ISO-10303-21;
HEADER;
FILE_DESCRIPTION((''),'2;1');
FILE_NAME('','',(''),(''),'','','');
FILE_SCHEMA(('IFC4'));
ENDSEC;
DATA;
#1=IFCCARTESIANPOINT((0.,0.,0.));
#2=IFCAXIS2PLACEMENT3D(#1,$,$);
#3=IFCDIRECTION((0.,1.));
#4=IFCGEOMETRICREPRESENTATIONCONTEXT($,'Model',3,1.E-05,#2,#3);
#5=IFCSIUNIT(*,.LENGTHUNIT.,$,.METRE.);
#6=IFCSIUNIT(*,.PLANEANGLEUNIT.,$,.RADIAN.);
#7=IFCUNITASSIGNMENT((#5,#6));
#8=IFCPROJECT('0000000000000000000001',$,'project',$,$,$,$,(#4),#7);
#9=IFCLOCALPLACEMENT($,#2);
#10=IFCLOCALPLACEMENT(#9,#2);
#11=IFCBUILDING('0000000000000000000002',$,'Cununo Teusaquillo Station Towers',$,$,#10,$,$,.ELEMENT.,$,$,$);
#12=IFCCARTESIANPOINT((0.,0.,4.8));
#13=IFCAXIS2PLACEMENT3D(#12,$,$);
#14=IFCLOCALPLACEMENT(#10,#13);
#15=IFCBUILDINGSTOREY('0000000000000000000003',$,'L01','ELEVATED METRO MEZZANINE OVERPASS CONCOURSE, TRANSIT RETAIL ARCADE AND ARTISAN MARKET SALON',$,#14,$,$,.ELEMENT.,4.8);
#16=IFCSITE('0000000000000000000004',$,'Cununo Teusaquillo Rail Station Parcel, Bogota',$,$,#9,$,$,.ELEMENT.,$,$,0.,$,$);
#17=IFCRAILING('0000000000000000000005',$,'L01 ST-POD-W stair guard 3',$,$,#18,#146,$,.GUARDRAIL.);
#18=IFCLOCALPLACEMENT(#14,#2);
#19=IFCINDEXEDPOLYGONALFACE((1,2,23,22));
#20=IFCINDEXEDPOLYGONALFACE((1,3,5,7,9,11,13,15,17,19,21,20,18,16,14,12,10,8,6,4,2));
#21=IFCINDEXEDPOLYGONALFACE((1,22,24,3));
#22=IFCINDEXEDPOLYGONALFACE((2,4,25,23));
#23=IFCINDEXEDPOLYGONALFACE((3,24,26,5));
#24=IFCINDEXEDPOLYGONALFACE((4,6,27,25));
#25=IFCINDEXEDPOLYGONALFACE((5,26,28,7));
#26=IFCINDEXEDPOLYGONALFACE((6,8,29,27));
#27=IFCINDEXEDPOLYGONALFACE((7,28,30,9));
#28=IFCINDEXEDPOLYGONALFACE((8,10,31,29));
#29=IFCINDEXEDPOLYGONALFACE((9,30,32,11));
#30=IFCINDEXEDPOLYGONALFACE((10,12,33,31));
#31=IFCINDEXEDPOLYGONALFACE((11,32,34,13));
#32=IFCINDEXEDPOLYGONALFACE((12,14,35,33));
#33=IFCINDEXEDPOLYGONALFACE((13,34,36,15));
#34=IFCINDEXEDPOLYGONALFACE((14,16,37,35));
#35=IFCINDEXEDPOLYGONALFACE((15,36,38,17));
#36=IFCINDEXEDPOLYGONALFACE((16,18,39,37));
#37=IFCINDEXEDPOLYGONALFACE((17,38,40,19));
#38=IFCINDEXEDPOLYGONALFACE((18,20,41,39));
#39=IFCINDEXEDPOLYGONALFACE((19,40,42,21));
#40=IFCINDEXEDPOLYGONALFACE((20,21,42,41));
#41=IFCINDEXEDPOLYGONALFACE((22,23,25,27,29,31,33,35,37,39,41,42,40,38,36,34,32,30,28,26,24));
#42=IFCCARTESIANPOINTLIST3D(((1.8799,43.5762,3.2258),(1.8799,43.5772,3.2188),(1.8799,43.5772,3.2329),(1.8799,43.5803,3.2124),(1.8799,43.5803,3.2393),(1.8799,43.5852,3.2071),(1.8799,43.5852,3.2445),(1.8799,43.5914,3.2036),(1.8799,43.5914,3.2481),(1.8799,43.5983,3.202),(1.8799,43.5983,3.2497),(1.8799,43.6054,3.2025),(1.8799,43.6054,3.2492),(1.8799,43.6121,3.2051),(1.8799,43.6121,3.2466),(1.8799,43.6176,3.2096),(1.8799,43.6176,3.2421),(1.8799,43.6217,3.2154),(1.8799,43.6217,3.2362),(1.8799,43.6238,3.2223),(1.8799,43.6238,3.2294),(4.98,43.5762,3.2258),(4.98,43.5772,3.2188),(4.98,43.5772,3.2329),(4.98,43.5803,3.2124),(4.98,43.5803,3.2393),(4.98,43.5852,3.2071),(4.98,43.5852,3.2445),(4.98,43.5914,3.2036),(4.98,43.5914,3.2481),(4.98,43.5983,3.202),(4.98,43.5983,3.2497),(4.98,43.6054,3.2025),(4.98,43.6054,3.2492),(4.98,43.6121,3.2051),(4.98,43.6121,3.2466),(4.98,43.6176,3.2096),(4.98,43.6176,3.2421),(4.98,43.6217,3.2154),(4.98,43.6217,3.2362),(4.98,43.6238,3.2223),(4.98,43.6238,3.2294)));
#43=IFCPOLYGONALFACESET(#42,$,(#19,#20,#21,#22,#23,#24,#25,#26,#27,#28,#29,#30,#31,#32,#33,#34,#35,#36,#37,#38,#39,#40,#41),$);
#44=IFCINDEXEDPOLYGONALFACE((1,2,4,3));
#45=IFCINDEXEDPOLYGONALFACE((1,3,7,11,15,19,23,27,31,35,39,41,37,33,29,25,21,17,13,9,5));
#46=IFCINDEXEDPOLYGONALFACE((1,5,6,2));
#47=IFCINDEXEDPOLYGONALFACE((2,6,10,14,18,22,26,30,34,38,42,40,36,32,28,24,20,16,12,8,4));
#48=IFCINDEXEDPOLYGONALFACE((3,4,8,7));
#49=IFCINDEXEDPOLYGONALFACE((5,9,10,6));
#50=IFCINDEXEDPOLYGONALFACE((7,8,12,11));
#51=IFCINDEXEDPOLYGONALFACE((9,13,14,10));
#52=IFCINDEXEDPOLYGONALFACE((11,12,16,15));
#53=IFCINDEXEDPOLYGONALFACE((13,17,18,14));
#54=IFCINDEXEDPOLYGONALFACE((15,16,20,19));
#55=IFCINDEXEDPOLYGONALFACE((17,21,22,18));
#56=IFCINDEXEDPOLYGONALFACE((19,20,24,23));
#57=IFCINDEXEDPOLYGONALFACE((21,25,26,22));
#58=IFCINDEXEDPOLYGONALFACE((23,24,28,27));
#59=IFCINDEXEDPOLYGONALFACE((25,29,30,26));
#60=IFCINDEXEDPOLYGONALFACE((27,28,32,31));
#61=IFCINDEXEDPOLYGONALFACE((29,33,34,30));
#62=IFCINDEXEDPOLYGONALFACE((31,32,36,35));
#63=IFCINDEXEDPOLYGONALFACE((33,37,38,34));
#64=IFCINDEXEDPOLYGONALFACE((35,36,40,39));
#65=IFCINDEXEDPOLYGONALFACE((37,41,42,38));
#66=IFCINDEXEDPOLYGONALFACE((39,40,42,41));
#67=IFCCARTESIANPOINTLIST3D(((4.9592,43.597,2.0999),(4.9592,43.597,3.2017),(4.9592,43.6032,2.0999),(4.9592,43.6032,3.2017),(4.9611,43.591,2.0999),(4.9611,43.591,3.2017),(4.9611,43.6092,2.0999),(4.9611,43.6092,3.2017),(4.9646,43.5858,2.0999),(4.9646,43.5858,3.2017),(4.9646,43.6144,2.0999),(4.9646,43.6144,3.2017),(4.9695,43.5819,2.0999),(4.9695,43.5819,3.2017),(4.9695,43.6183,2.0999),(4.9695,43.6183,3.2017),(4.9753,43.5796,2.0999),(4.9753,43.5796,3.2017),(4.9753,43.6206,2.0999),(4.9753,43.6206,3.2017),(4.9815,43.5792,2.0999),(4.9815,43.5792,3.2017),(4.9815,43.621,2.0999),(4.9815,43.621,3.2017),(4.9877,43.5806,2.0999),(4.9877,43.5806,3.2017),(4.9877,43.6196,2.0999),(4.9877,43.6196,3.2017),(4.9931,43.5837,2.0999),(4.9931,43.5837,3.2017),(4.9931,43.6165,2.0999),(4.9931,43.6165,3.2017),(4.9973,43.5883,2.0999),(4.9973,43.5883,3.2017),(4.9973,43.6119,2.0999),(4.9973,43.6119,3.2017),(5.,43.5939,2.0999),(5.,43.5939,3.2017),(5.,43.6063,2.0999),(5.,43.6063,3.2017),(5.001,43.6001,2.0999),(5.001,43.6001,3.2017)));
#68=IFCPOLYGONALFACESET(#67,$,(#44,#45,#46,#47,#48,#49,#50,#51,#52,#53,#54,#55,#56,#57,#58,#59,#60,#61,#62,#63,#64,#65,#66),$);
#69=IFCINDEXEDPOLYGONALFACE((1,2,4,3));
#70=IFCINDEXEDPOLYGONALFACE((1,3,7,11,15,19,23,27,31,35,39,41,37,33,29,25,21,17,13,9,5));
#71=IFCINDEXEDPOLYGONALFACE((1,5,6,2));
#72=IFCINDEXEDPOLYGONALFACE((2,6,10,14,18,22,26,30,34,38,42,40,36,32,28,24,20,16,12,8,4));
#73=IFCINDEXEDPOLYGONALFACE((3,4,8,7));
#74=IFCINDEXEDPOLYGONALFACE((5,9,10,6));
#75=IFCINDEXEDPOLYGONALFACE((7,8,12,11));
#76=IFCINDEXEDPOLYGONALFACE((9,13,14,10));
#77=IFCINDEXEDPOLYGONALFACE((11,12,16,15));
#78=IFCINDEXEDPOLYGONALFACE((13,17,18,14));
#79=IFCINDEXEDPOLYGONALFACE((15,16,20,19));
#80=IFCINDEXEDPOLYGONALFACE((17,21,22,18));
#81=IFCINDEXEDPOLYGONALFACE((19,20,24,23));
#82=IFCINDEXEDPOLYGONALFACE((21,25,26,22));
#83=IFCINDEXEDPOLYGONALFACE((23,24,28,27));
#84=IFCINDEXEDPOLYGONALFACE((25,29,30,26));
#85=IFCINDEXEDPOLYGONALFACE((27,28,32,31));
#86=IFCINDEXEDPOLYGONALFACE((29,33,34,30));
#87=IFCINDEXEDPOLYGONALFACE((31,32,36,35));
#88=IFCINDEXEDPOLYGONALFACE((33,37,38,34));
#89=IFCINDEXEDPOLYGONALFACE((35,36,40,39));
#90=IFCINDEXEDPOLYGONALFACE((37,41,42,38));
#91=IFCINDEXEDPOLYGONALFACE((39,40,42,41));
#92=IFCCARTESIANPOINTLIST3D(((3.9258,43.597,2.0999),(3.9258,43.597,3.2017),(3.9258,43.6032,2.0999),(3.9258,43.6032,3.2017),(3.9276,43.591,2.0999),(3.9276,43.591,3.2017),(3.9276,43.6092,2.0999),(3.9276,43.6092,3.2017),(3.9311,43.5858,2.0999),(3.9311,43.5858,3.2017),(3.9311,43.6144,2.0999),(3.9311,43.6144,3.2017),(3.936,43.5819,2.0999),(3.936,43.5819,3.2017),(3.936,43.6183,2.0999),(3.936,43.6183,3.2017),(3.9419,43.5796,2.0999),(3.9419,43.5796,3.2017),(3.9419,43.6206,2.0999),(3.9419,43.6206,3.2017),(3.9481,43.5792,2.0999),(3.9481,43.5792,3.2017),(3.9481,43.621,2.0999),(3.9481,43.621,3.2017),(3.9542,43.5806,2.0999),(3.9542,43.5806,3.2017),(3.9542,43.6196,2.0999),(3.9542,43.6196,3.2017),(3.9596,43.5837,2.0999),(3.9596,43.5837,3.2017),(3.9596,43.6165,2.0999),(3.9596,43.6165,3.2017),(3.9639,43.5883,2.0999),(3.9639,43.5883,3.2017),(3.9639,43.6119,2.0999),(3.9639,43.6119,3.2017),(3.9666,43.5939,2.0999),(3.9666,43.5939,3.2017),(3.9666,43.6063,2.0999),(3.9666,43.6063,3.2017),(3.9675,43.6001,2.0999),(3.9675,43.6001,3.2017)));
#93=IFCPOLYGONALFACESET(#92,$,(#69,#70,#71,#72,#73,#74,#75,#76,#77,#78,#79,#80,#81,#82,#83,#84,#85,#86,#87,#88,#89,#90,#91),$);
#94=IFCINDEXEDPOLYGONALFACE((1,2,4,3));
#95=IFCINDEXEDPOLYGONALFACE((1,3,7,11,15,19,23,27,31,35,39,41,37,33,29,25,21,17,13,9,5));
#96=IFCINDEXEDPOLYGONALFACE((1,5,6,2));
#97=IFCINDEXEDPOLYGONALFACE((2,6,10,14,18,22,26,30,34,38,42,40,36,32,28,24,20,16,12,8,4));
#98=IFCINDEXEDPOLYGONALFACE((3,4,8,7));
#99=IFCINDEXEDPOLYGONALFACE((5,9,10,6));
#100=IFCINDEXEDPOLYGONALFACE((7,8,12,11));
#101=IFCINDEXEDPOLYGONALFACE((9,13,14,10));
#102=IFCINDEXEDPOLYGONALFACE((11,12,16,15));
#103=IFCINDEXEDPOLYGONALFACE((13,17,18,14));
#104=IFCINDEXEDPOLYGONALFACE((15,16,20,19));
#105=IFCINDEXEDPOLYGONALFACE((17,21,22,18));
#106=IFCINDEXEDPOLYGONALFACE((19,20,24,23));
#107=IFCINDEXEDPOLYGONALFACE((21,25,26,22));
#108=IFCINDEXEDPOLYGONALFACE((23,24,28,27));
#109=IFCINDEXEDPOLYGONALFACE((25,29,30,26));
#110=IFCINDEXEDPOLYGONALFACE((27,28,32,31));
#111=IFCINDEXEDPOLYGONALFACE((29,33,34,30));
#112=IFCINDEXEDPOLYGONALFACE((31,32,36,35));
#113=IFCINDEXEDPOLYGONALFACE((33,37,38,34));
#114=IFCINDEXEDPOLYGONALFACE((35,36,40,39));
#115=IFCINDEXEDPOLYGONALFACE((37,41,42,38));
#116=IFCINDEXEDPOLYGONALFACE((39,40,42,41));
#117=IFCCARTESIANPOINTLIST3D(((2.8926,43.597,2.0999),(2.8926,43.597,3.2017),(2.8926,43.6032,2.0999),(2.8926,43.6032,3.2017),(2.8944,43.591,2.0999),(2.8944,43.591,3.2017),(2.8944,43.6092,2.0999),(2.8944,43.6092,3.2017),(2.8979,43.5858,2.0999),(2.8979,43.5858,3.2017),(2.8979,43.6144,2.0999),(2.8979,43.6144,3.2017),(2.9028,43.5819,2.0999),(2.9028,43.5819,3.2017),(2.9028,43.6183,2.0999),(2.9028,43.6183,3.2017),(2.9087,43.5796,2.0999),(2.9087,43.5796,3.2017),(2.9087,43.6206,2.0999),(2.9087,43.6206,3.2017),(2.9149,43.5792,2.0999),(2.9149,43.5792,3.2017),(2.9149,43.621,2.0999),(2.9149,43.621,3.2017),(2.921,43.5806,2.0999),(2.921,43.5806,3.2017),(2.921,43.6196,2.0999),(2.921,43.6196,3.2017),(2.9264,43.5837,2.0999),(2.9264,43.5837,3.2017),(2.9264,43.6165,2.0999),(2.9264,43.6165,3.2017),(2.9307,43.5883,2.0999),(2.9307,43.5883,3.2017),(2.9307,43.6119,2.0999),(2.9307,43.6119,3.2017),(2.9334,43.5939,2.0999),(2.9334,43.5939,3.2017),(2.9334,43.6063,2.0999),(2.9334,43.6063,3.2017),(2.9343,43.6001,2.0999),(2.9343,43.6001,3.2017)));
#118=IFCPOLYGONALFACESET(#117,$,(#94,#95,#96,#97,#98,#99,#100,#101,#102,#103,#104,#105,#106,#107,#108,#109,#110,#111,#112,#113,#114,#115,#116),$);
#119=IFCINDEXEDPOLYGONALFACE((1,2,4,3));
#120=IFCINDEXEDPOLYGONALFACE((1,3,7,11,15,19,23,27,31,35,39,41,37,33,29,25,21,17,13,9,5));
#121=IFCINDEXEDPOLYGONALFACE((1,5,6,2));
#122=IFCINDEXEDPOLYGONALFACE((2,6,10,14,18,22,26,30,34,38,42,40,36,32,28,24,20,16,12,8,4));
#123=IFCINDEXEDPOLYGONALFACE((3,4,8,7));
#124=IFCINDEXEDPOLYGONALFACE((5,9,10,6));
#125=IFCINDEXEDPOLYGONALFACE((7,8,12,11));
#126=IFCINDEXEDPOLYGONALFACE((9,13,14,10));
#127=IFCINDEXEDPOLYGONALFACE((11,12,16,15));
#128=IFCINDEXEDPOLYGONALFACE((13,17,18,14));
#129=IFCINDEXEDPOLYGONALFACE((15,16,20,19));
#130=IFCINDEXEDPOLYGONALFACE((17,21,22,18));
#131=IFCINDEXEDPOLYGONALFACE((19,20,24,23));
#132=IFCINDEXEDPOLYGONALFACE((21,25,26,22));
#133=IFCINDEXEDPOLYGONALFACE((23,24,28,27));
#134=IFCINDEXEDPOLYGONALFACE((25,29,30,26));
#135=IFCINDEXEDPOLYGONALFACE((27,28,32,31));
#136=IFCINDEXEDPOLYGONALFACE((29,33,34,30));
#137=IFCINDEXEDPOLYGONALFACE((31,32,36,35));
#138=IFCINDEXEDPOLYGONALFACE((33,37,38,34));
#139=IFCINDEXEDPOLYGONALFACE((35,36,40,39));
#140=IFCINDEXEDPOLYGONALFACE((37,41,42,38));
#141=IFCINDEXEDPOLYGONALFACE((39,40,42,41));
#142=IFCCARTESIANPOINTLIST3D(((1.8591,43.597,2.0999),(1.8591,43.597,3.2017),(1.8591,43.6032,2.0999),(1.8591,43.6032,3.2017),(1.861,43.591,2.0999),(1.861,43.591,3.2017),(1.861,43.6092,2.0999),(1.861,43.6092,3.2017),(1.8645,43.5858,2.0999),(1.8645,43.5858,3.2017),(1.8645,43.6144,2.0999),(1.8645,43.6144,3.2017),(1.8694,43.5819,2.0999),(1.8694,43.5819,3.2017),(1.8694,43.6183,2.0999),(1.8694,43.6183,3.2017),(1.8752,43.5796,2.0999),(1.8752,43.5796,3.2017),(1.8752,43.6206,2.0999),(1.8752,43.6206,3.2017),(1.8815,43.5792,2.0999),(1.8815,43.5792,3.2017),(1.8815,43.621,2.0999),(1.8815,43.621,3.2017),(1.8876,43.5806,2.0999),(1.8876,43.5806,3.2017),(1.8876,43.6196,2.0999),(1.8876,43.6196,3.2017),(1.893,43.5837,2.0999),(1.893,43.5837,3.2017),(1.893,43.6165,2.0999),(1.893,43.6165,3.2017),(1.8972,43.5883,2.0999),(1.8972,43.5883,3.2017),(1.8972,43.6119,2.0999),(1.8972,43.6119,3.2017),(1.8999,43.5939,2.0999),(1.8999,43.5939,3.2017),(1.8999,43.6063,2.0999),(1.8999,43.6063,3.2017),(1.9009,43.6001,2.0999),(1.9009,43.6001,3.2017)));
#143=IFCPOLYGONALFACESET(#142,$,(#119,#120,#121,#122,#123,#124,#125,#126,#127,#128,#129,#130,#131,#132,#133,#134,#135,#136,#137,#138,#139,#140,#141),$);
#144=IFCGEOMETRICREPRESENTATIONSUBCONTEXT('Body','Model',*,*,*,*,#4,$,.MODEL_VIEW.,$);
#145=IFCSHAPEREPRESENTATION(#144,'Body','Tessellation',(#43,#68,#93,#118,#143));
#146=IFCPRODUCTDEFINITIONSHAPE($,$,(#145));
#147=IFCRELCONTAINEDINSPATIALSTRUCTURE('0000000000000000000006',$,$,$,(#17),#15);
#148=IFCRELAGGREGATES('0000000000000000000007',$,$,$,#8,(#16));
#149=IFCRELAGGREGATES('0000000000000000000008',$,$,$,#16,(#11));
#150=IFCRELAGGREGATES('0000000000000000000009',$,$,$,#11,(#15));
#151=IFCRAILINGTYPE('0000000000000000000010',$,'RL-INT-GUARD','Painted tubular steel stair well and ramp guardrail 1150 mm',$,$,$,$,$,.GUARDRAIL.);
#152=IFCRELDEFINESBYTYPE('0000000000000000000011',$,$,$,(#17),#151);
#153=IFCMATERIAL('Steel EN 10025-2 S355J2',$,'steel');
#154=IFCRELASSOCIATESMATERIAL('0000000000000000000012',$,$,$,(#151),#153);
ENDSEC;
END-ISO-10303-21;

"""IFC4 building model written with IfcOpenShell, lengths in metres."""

from ifc_helpers import new_model, si_unit, direction, frame, origin, origin_2d, place, context, subcontext, project, spatial, circle, extrude, material, type_object, element, save


model = new_model("IFC4")

# Units and contexts
model_context = context("Model", 3, precision=1e-05, world=origin(), true_north=direction((0.0, 1.0)))
body_context = subcontext(model_context, "Body", "Model", "MODEL_VIEW")
ifc_project = project(units=[si_unit("LENGTHUNIT", "METRE"), si_unit("PLANEANGLEUNIT", "RADIAN")], contexts=[model_context])

# Site, building, storey
site_placement = place(None, origin())
site = spatial("IfcSite", under=ifc_project, at=site_placement, Name="Cununo Teusaquillo Rail Station Parcel, Bogota", CompositionType="ELEMENT", RefElevation=0.0)
building_placement = place(site_placement, origin())
building = spatial("IfcBuilding", under=site, at=building_placement, Name="Cununo Teusaquillo Station Towers", CompositionType="ELEMENT")
storey_placement = place(building_placement, frame((0.0, 0.0, 4.8)))
storey = spatial("IfcBuildingStorey", under=building, at=storey_placement, Name="L01", Description="ELEVATED METRO MEZZANINE OVERPASS CONCOURSE, TRANSIT RETAIL ARCADE AND ARTISAN MARKET SALON", CompositionType="ELEMENT", Elevation=4.8)

# Railing
ifc_material_1 = material(Name="Steel EN 10025-2 S355J2", Category="steel")
railing_type_1 = type_object("IfcRailingType", Name="RL-INT-GUARD", Description="Painted tubular steel stair well and ramp guardrail 1150 mm", PredefinedType="GUARDRAIL", material=ifc_material_1)
railing_1_placement = place(storey_placement, frame((4.98, 43.6001, 2.0999)))
element("IfcRailing", 1, at=railing_1_placement, inside=storey, type_object=railing_type_1, Name="L01 ST-POD-W stair guard 3", PredefinedType="GUARDRAIL", context=body_context, shape_type="SweptSolid", body=[
    extrude(circle(Radius=0.0239, at=origin_2d()), frame((0.0, 0.0, 1.126), z_axis=(-1.0, 0.0, 0.0), x_axis=(0.0, -1.0, 0.0)), (0.0, 0.0, 1.0), 3.1001),
    extrude(circle(Radius=0.021, at=origin_2d()), origin(), (0.0, 0.0, 1.0), 1.1018),
    extrude(circle(Radius=0.021, at=origin_2d()), frame((-1.0334, 0.0, 0.0)), (0.0, 0.0, 1.0), 1.1018),
    extrude(circle(Radius=0.021, at=origin_2d()), frame((-2.0667, 0.0, 0.0)), (0.0, 0.0, 1.0), 1.1018),
    extrude(circle(Radius=0.021, at=origin_2d()), frame((-3.1001, 0.0, 0.0)), (0.0, 0.0, 1.0), 1.1018),
])

save(model, "model.ifc")
